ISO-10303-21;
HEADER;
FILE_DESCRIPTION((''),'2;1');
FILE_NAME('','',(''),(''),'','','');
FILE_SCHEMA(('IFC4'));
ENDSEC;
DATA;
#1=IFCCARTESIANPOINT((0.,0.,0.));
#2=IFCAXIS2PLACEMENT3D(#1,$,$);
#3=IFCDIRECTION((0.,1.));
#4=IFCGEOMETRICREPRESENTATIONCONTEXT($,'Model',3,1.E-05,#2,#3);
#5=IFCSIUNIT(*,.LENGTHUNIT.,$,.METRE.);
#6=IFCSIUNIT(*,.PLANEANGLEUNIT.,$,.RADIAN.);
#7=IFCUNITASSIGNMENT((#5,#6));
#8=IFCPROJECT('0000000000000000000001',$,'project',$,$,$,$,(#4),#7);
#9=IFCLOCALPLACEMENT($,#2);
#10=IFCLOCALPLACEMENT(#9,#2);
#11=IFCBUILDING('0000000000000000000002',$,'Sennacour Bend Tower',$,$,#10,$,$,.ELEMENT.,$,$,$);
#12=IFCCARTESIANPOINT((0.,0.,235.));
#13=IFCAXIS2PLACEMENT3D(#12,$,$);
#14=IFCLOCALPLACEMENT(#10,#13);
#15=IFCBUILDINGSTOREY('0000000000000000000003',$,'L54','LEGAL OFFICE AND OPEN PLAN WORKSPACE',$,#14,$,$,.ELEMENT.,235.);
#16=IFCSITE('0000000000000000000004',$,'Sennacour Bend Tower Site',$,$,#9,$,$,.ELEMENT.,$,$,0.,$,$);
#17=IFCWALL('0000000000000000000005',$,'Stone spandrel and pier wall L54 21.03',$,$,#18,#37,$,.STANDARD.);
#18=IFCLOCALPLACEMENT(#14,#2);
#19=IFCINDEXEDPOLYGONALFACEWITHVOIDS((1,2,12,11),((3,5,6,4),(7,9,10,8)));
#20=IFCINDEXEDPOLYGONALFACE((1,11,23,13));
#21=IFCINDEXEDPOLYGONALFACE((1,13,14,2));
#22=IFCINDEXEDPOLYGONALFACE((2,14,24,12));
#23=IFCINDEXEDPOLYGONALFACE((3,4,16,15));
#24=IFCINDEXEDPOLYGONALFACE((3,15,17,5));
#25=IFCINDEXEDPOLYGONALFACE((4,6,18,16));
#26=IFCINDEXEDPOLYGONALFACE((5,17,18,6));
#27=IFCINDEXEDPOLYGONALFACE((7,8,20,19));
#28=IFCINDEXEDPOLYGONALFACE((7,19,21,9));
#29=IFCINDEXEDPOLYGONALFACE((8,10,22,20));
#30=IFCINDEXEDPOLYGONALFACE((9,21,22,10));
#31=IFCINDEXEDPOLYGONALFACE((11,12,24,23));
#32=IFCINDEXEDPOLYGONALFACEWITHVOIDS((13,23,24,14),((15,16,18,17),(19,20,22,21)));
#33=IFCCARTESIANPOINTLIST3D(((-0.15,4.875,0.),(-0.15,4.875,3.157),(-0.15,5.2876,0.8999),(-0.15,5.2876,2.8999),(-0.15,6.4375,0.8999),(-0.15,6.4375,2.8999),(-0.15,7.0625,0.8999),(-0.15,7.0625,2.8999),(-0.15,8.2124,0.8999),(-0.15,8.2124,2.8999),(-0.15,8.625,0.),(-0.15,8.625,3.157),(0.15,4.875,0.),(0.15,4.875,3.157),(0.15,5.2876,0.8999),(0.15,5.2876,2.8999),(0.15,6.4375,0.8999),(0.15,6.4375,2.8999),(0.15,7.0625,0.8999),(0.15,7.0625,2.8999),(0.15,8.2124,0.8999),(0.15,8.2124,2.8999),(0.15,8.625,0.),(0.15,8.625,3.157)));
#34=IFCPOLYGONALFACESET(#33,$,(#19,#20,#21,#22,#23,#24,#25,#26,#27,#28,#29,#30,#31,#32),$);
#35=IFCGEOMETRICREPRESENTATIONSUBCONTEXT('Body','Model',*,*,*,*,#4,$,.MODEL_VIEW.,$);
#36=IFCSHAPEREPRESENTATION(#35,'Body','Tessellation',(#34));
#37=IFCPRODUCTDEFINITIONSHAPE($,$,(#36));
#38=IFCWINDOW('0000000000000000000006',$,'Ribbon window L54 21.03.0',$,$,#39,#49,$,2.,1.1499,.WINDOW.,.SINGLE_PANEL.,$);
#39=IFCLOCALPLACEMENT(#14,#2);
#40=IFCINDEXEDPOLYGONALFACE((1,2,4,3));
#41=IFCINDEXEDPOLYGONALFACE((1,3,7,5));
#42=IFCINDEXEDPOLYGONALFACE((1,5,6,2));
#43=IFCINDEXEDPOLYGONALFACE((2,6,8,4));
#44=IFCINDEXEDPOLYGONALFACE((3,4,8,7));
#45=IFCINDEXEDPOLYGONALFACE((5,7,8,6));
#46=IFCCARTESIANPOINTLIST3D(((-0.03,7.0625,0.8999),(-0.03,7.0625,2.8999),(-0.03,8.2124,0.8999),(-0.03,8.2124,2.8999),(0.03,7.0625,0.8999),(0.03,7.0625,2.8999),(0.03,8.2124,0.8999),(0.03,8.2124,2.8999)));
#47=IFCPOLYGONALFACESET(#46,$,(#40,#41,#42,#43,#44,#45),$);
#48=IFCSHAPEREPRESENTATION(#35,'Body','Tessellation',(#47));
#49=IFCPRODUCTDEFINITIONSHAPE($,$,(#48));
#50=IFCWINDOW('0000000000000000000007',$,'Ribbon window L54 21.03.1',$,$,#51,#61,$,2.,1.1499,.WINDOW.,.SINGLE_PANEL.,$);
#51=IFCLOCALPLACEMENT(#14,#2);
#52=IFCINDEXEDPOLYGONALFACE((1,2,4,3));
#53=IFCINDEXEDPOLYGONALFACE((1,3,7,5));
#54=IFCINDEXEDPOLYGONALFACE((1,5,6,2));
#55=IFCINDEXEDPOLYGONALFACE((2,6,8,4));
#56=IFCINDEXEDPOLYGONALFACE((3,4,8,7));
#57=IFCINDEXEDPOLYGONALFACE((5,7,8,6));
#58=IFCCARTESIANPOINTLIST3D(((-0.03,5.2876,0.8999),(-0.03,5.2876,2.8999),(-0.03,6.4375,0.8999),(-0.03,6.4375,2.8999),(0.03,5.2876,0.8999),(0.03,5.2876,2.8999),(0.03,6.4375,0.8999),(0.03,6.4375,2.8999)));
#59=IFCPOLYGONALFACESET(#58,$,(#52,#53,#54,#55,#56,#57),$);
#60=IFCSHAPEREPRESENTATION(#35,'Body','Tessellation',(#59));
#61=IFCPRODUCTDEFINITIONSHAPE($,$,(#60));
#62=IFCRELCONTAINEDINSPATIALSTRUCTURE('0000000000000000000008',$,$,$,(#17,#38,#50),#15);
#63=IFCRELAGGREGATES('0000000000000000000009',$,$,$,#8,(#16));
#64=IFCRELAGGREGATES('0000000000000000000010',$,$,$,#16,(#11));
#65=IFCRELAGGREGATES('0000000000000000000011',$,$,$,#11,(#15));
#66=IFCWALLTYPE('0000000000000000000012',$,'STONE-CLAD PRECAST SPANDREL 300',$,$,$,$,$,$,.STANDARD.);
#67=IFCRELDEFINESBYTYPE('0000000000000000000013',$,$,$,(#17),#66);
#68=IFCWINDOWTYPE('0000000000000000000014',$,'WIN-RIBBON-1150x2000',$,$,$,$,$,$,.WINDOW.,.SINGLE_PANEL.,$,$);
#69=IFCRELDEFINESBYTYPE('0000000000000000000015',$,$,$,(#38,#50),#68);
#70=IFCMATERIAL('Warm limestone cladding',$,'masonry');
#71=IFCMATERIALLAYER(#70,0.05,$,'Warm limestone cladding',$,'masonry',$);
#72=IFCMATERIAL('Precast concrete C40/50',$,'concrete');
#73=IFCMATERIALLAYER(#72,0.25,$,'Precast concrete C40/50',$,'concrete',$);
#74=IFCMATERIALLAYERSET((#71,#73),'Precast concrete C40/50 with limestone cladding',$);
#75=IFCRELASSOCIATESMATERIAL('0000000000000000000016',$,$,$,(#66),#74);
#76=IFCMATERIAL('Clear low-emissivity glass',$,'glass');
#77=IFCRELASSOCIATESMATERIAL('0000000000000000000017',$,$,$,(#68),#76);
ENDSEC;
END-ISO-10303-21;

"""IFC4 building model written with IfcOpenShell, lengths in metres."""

from ifc_helpers import new_model, si_unit, direction, frame, frame_2d, origin, place, context, subcontext, project, spatial, rectangle, extrude, material, layer, layer_set, type_object, element, fill, save


model = new_model("IFC4")

# Units and contexts
model_context = context("Model", 3, precision=1e-05, world=origin(), true_north=direction((0.0, 1.0)))
body_context = subcontext(model_context, "Body", "Model", "MODEL_VIEW")
ifc_project = project(units=[si_unit("LENGTHUNIT", "METRE"), si_unit("PLANEANGLEUNIT", "RADIAN")], contexts=[model_context])

# Site, building, storey
site_placement = place(None, origin())
site = spatial("IfcSite", under=ifc_project, at=site_placement, Name="Sennacour Bend Tower Site", CompositionType="ELEMENT", RefElevation=0.0)
building_placement = place(site_placement, origin())
building = spatial("IfcBuilding", under=site, at=building_placement, Name="Sennacour Bend Tower", CompositionType="ELEMENT")
storey_placement = place(building_placement, frame((0.0, 0.0, 235.0)))
storey = spatial("IfcBuildingStorey", under=building, at=storey_placement, Name="L54", Description="LEGAL OFFICE AND OPEN PLAN WORKSPACE", CompositionType="ELEMENT", Elevation=235.0)

# Wall, openings, windows
ifc_material_1 = material(Name="Warm limestone cladding", Category="masonry")
ifc_layer_1 = layer(ifc_material_1, 0.05, Name="Warm limestone cladding", Category="masonry")
ifc_material_2 = material(Name="Precast concrete C40/50", Category="concrete")
ifc_layer_2 = layer(ifc_material_2, 0.25, Name="Precast concrete C40/50", Category="concrete")
ifc_layer_set_1 = layer_set([ifc_layer_1, ifc_layer_2], Name="Precast concrete C40/50 with limestone cladding")
wall_type_1 = type_object("IfcWallType", Name="STONE-CLAD PRECAST SPANDREL 300", PredefinedType="STANDARD", material=ifc_layer_set_1)
ifc_material_3 = material(Name="Clear low-emissivity glass", Category="glass")
window_type = type_object("IfcWindowType", Name="WIN-RIBBON-1150x2000", PartitioningType="SINGLE_PANEL", PredefinedType="WINDOW", material=ifc_material_3)
wall_1_placement = place(storey_placement, frame((0.0, 8.625, 0.0), z_axis=(0.0, 0.0, 1.0), x_axis=(0.0, -1.0, 0.0)))
wall_1 = element("IfcWall", 1, at=wall_1_placement, inside=storey, type_object=wall_type_1, Name="Stone spandrel and pier wall L54 21.03", PredefinedType="STANDARD", context=body_context, shape_type="SweptSolid", body=[
    extrude(rectangle(XDim=3.75, YDim=0.3, at=frame_2d((1.875, 0.0))), origin(), (0.0, 0.0, 1.0), 3.157),
])
opening_1_placement = place(wall_1_placement, frame((0.4126, 0.0, 0.8999)))
opening_1 = element("IfcOpeningElement", 2, at=opening_1_placement, cuts=wall_1, PredefinedType="OPENING", context=body_context, shape_type="SweptSolid", body=[
    extrude(rectangle(XDim=1.1499, YDim=2.0, at=frame_2d((0.575, 1.0))), frame((0.0, 0.1602, 0.0), z_axis=(0.0, -1.0, 0.0), x_axis=(1.0, 0.0, 0.0)), (0.0, 0.0, 1.0), 0.3201),
])
opening_2_placement = place(wall_1_placement, frame((2.1875, 0.0, 0.8999)))
opening_2 = element("IfcOpeningElement", 3, at=opening_2_placement, cuts=wall_1, PredefinedType="OPENING", context=body_context, shape_type="SweptSolid", body=[
    extrude(rectangle(XDim=1.1499, YDim=2.0, at=frame_2d((0.575, 1.0))), frame((0.0, 0.1602, 0.0), z_axis=(0.0, -1.0, 0.0), x_axis=(1.0, 0.0, 0.0)), (0.0, 0.0, 1.0), 0.3201),
])
window_1_placement = place(opening_1_placement, origin())
window_1 = element("IfcWindow", 4, at=window_1_placement, inside=storey, type_object=window_type, Name="Ribbon window L54 21.03.0", OverallHeight=2.0, OverallWidth=1.1499, PartitioningType="SINGLE_PANEL", PredefinedType="WINDOW", context=body_context, shape_type="SweptSolid", body=[
    extrude(rectangle(XDim=1.1499, YDim=2.0, at=frame_2d((0.575, 1.0))), frame((0.0, 0.03, 0.0), z_axis=(0.0, -1.0, 0.0), x_axis=(1.0, 0.0, 0.0)), (0.0, 0.0, 1.0), 0.0601),
])
fill(opening_1, window_1)
window_2_placement = place(opening_2_placement, origin())
window_2 = element("IfcWindow", 5, at=window_2_placement, inside=storey, type_object=window_type, Name="Ribbon window L54 21.03.1", OverallHeight=2.0, OverallWidth=1.1499, PartitioningType="SINGLE_PANEL", PredefinedType="WINDOW", context=body_context, shape_type="SweptSolid", body=[
    extrude(rectangle(XDim=1.1499, YDim=2.0, at=frame_2d((0.575, 1.0))), frame((0.0, 0.03, 0.0), z_axis=(0.0, -1.0, 0.0), x_axis=(1.0, 0.0, 0.0)), (0.0, 0.0, 1.0), 0.0601),
])
fill(opening_2, window_2)

save(model, "model.ifc")
